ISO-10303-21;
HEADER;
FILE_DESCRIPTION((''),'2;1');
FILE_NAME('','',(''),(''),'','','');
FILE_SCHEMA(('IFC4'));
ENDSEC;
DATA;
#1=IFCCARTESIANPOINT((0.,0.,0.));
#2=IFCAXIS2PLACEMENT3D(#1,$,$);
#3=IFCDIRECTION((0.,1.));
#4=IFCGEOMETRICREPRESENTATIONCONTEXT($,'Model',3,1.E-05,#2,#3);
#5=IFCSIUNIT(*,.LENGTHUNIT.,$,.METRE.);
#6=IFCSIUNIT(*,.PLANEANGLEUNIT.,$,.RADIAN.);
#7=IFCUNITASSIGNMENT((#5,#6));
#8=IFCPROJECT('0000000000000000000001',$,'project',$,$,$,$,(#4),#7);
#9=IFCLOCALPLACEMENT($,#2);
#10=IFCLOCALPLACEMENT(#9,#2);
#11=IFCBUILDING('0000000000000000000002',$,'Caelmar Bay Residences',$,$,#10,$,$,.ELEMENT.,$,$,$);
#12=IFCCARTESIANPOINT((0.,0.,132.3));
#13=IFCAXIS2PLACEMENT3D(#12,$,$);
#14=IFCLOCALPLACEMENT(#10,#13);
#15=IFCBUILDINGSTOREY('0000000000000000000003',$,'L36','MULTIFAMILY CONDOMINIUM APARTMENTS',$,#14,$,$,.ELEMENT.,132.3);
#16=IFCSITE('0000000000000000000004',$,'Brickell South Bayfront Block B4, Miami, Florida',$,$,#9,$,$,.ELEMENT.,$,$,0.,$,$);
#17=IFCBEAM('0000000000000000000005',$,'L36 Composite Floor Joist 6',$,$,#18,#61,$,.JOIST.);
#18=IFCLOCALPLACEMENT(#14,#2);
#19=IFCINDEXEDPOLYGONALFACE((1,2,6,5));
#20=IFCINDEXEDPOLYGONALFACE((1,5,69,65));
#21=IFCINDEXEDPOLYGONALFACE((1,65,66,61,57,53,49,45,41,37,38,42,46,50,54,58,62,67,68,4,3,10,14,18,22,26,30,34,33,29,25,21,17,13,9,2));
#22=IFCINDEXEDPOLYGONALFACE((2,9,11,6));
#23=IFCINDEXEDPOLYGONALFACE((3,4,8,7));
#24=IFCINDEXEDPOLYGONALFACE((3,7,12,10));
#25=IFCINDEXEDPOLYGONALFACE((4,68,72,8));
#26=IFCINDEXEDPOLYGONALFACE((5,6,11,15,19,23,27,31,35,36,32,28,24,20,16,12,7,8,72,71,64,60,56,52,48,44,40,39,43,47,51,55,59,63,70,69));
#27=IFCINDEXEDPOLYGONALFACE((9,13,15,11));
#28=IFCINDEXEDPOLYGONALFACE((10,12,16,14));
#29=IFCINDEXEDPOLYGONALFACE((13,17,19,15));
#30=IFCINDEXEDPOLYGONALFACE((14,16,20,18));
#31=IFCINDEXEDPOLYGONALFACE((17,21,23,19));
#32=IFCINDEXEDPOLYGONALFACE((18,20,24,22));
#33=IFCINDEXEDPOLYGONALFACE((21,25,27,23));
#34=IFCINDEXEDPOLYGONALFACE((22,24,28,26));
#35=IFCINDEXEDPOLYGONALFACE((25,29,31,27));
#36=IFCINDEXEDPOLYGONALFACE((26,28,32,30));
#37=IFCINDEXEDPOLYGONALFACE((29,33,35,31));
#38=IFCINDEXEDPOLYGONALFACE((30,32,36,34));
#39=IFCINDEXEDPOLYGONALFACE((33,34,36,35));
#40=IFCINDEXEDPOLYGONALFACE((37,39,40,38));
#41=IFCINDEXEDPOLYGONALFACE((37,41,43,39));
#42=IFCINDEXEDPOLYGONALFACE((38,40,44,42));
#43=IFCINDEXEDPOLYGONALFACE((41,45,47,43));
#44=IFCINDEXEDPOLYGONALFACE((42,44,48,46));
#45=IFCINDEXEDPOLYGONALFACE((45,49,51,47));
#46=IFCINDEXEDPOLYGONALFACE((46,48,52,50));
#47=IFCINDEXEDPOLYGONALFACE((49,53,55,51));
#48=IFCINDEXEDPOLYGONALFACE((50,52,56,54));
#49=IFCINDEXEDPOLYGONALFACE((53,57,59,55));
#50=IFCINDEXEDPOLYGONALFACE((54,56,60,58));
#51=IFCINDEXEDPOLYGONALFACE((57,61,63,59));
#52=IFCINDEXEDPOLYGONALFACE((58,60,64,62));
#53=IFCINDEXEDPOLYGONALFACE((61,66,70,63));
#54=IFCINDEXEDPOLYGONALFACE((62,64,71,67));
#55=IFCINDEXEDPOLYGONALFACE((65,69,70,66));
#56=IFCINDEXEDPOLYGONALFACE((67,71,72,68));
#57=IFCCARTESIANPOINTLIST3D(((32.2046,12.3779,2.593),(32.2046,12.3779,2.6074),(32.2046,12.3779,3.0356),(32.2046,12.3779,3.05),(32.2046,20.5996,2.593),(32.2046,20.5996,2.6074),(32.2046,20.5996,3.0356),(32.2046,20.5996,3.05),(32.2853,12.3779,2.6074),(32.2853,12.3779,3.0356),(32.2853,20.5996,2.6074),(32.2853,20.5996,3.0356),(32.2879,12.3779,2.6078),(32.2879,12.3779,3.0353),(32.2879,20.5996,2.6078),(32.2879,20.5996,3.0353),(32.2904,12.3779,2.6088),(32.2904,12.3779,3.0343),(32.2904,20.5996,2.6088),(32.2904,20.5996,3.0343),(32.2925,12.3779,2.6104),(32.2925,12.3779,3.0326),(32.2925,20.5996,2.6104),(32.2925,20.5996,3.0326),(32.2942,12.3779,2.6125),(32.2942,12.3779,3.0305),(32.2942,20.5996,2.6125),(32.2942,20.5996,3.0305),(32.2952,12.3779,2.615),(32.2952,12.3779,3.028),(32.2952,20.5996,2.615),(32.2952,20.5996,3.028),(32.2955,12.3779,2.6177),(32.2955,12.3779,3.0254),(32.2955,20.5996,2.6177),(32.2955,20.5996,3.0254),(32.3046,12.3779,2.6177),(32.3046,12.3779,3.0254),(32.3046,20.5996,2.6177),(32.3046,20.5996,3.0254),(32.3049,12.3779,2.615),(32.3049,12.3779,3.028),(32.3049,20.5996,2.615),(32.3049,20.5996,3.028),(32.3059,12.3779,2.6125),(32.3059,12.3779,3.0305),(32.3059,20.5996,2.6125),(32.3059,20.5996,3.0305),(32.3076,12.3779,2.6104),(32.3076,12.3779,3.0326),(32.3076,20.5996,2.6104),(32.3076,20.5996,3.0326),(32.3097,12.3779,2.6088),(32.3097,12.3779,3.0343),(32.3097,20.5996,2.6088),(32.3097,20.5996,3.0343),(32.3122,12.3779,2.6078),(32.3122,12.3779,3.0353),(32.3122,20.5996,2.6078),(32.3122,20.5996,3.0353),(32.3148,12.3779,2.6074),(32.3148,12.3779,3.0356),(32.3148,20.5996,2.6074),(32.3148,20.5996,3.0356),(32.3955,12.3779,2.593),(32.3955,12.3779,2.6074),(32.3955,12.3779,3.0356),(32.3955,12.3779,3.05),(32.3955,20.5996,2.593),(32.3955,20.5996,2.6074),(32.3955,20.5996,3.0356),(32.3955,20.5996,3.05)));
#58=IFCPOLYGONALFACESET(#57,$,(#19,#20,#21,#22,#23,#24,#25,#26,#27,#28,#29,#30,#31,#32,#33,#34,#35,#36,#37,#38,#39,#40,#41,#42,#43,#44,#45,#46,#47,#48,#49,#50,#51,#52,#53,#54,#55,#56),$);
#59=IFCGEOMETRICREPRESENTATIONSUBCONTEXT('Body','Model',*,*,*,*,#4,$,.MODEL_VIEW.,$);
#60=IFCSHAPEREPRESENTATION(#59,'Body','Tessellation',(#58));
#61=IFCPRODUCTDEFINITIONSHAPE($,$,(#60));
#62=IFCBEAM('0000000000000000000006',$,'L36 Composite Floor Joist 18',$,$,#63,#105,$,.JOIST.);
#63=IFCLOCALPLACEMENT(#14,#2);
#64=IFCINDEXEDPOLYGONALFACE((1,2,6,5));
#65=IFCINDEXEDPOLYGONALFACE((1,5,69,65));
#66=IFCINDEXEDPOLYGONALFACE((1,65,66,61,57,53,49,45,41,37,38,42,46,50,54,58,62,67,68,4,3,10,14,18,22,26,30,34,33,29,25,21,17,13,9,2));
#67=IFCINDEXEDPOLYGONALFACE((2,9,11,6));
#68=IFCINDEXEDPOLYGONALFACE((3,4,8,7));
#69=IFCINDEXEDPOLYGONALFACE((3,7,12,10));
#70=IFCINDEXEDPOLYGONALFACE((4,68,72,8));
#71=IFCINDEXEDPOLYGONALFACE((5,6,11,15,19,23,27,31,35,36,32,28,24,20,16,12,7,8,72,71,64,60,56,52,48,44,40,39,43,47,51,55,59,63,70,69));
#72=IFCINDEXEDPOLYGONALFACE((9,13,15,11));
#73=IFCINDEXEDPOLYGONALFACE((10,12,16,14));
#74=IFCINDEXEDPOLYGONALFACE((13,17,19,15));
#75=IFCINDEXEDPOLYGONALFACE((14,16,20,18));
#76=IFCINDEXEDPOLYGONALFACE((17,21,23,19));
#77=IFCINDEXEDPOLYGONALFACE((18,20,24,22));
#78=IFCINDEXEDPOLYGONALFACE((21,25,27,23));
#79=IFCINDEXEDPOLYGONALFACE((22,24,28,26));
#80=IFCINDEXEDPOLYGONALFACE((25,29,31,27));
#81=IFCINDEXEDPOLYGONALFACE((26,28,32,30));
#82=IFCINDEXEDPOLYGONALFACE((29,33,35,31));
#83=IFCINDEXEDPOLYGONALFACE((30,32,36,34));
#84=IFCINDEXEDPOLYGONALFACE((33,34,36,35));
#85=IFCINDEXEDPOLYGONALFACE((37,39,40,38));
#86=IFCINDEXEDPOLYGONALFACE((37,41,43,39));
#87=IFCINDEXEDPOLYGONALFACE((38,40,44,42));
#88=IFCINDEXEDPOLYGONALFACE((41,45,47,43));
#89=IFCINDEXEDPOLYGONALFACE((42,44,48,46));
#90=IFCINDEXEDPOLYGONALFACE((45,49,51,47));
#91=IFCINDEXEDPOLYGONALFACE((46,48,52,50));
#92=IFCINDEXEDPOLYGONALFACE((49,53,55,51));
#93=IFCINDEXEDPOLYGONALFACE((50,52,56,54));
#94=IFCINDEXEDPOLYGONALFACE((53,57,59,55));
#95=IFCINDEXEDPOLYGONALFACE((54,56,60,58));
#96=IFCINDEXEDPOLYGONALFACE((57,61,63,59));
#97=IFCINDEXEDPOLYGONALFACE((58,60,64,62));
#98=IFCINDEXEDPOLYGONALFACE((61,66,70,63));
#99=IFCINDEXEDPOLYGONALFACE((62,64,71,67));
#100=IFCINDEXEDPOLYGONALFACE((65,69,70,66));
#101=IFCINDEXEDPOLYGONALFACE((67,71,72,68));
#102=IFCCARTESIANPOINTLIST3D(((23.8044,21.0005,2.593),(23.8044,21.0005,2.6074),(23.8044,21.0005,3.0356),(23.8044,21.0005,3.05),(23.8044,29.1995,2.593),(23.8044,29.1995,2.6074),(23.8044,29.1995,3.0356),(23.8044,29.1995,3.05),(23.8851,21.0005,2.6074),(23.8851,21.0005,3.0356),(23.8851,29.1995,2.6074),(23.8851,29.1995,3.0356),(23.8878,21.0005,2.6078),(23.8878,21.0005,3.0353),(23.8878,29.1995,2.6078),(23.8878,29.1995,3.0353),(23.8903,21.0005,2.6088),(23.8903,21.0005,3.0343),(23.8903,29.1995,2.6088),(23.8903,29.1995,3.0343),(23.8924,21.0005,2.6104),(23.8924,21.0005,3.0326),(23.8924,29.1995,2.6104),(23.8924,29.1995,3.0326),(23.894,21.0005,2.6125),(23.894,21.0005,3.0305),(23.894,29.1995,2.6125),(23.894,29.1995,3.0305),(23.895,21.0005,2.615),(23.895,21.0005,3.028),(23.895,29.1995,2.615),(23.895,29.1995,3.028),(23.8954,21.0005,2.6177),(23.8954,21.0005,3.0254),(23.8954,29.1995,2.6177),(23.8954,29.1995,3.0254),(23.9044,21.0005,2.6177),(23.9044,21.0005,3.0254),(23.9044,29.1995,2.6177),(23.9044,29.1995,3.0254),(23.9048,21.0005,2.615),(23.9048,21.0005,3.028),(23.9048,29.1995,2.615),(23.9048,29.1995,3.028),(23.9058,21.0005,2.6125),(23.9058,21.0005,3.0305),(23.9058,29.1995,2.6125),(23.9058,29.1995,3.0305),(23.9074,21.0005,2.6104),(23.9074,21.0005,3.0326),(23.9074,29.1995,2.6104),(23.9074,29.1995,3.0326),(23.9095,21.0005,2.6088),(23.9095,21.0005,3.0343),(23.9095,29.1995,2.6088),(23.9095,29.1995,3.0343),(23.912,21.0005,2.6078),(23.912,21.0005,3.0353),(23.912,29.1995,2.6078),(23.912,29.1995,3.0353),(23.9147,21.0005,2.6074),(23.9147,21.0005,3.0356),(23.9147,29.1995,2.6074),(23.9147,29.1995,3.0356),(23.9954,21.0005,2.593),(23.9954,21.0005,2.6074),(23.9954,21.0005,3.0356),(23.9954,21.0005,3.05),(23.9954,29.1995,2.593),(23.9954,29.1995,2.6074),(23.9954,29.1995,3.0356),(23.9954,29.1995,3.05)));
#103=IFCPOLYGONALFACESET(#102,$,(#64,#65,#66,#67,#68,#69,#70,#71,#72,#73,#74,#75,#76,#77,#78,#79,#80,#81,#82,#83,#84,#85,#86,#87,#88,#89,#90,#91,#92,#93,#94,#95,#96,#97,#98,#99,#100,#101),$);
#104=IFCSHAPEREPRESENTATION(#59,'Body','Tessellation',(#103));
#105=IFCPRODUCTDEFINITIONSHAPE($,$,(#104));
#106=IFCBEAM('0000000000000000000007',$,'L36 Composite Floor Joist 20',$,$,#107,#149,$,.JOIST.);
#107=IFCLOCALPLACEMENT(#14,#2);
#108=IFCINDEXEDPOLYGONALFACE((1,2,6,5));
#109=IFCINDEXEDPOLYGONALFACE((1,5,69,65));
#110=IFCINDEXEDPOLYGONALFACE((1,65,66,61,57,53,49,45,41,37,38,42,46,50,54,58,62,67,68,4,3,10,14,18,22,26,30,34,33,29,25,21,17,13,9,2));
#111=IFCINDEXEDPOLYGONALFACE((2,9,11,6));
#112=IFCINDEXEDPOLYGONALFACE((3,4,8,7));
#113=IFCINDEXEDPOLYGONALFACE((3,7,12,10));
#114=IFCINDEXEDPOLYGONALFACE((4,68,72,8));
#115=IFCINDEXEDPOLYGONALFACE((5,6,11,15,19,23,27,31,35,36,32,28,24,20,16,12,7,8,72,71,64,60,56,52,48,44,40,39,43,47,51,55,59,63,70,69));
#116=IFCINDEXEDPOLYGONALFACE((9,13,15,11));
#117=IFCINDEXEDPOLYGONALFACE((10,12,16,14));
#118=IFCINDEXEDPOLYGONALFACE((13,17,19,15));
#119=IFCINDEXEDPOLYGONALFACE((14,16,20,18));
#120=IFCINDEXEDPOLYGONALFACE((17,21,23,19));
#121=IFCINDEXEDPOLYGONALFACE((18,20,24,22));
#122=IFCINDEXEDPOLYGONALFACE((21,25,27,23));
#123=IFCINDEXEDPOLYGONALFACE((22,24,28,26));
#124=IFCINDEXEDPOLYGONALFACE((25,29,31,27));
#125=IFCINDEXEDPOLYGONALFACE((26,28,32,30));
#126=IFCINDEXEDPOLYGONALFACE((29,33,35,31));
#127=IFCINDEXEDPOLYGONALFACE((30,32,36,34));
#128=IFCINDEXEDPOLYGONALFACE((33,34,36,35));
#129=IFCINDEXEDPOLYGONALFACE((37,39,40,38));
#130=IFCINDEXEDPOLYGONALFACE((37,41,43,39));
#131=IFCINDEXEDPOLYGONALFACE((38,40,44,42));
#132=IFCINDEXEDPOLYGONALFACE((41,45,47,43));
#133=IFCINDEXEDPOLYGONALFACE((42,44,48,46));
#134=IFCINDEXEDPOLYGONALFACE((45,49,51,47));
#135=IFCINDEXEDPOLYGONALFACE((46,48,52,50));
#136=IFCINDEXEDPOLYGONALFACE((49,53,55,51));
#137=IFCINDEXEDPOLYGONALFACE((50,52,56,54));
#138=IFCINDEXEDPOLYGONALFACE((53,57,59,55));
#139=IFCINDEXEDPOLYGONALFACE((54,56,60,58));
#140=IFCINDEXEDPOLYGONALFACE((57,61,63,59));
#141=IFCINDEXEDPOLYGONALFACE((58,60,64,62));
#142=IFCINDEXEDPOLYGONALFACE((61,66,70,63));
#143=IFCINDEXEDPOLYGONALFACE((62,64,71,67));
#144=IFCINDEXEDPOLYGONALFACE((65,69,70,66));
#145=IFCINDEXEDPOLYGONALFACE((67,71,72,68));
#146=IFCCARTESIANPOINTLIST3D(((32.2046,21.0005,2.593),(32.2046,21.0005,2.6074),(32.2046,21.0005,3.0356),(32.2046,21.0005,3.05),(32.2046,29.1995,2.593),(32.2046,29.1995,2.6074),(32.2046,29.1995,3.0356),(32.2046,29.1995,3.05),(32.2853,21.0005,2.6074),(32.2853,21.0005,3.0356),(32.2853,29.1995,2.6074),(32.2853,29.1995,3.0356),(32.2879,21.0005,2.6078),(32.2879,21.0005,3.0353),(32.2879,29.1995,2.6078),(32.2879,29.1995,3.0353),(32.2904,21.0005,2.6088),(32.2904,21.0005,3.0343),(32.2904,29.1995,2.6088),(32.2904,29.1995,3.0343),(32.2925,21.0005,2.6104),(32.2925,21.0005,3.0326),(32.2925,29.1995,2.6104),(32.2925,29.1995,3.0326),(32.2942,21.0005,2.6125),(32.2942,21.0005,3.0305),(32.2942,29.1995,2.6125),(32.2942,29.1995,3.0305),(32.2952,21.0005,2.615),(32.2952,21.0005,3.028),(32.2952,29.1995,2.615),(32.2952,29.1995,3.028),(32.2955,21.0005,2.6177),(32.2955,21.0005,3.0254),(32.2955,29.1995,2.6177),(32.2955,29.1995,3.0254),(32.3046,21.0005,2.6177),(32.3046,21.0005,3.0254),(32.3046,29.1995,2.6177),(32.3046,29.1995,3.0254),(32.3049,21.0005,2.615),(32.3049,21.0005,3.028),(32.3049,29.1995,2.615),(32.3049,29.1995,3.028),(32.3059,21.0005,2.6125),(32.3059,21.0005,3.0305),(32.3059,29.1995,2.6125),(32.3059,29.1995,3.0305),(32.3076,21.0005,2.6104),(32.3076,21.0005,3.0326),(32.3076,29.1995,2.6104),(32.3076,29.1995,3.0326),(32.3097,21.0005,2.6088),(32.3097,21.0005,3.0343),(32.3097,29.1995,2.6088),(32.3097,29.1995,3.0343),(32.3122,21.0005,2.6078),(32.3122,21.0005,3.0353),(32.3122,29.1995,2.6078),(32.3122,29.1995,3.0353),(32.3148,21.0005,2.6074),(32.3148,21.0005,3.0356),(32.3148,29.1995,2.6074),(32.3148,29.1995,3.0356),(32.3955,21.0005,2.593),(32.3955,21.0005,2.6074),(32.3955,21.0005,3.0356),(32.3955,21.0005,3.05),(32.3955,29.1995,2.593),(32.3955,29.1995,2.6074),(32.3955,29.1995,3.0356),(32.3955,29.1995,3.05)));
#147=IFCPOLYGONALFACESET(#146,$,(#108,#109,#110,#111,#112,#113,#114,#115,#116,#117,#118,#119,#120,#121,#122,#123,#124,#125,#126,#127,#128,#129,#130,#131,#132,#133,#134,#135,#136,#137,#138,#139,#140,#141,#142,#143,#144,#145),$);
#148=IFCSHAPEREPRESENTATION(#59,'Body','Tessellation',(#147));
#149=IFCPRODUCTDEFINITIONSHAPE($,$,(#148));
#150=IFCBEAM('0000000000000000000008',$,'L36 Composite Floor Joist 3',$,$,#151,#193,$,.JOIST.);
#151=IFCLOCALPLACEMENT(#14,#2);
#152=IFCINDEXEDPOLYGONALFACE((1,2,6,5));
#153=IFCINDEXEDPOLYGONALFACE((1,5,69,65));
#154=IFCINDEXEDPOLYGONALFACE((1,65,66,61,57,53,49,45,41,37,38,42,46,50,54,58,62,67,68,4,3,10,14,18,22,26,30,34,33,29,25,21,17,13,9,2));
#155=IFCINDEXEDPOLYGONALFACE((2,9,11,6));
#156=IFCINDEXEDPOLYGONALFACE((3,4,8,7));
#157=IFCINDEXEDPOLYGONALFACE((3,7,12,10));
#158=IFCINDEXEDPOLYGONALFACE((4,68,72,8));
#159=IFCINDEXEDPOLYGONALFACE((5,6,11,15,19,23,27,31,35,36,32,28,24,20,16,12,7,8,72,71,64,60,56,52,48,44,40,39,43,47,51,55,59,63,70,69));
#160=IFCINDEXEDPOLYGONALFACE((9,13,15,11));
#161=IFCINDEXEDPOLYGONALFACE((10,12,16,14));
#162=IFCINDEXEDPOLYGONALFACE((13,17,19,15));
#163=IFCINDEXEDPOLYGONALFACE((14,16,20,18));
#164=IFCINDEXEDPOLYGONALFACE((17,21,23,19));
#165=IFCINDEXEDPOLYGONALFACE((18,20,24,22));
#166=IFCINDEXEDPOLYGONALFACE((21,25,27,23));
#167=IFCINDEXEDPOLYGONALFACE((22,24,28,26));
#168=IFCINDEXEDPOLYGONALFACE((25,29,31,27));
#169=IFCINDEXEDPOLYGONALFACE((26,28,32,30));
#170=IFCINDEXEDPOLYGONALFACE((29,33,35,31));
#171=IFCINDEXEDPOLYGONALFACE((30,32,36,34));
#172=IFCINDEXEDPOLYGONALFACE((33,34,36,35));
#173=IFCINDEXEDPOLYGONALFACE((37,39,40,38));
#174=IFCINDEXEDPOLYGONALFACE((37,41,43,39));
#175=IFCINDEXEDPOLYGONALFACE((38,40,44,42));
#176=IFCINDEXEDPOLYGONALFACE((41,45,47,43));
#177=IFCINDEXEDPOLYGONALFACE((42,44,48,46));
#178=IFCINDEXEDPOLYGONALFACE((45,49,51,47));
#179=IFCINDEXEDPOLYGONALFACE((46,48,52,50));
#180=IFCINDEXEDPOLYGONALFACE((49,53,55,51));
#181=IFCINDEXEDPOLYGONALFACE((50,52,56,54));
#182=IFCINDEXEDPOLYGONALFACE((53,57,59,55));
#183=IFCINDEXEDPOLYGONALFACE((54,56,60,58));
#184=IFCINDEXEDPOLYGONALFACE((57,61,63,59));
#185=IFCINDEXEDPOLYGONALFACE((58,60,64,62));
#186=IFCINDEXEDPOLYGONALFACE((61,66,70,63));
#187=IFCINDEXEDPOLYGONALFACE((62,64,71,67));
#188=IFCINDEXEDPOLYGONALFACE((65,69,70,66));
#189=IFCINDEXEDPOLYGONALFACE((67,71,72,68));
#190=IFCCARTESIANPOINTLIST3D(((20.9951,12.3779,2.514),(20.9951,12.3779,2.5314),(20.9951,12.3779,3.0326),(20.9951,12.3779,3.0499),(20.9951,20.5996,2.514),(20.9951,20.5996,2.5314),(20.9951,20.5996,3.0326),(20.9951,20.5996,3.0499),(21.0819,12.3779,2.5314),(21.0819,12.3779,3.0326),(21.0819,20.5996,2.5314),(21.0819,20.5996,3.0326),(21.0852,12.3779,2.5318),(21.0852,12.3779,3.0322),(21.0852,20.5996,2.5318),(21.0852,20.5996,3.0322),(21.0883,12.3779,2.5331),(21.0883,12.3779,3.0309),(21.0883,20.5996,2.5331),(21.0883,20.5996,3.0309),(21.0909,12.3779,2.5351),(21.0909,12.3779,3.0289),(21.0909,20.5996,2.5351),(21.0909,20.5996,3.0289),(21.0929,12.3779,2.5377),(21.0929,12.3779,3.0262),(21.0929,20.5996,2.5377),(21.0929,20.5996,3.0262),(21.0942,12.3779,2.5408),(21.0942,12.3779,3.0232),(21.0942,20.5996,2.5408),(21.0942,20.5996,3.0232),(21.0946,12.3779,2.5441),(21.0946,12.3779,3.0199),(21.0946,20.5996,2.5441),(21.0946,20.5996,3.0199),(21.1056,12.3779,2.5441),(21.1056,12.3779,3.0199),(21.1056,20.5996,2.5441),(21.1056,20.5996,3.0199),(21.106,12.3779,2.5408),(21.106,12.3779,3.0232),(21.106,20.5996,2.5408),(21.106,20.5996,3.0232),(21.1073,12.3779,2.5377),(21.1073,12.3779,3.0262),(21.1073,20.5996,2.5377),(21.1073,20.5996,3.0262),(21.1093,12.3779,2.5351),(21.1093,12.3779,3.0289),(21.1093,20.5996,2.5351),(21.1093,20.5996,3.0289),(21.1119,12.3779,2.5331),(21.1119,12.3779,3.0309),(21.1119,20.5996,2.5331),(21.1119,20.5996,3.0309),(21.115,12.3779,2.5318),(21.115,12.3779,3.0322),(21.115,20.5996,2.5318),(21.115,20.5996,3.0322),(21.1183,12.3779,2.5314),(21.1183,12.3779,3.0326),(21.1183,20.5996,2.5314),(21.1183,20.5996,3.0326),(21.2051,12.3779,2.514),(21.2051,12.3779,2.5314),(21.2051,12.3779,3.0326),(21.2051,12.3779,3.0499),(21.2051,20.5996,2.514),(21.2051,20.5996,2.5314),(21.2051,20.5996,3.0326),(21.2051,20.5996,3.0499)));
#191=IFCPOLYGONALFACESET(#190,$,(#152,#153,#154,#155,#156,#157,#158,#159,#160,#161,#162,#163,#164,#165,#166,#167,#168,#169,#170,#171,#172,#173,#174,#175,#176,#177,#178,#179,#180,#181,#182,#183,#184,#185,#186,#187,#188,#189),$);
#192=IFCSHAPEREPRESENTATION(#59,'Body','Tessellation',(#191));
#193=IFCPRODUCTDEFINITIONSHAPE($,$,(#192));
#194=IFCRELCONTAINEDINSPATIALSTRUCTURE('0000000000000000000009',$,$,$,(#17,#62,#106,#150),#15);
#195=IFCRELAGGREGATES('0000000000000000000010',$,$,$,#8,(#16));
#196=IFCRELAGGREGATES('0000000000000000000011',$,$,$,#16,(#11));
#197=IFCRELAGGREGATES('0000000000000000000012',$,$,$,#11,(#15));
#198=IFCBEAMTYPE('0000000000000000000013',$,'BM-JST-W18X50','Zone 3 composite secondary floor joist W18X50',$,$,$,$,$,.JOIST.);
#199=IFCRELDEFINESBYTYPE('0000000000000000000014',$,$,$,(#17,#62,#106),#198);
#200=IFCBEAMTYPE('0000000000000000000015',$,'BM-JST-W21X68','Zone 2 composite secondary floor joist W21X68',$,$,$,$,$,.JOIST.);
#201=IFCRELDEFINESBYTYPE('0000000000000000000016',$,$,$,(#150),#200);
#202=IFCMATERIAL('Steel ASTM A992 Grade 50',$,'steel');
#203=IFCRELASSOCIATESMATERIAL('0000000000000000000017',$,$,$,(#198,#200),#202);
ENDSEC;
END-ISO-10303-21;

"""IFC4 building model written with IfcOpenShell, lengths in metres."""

from ifc_helpers import new_model, si_unit, direction, frame, origin, origin_2d, place, context, subcontext, project, spatial, i_section, extrude, material, material_profile, profile_set, type_object, element, save


model = new_model("IFC4")

# Units and contexts
model_context = context("Model", 3, precision=1e-05, world=origin(), true_north=direction((0.0, 1.0)))
body_context = subcontext(model_context, "Body", "Model", "MODEL_VIEW")
ifc_project = project(units=[si_unit("LENGTHUNIT", "METRE"), si_unit("PLANEANGLEUNIT", "RADIAN")], contexts=[model_context])

# Site, building, storey
site_placement = place(None, origin())
site = spatial("IfcSite", under=ifc_project, at=site_placement, Name="Brickell South Bayfront Block B4, Miami, Florida", CompositionType="ELEMENT", RefElevation=0.0)
building_placement = place(site_placement, origin())
building = spatial("IfcBuilding", under=site, at=building_placement, Name="Caelmar Bay Residences", CompositionType="ELEMENT")
storey_placement = place(building_placement, frame((0.0, 0.0, 132.3)))
storey = spatial("IfcBuildingStorey", under=building, at=storey_placement, Name="L36", Description="MULTIFAMILY CONDOMINIUM APARTMENTS", CompositionType="ELEMENT", Elevation=132.3)

# Beams
ifc_material_1 = material(Name="Steel ASTM A992 Grade 50", Category="steel")
ifc_material_profile_1 = material_profile(ifc_material_1, i_section(OverallWidth=0.1909, OverallDepth=0.457, WebThickness=0.009, FlangeThickness=0.0144, FilletRadius=0.0103, at=origin_2d()), Name="W18X50")
ifc_profile_set_1 = profile_set([ifc_material_profile_1], Name="Steel ASTM A992 Grade 50")
beam_type_1 = type_object("IfcBeamType", Name="BM-JST-W18X50", Description="Zone 3 composite secondary floor joist W18X50", PredefinedType="JOIST", material=ifc_profile_set_1)
for number, where, z_axis, x_axis, name in (
    (1, (32.3, 12.3779, 2.8215), (0.0, 1.0, 0.0), (-1.0, 0.0, 0.0), "L36 Composite Floor Joist 6"),
):
    element("IfcBeam", number, at=place(storey_placement, frame(where, z_axis=z_axis, x_axis=x_axis)), inside=storey, type_object=beam_type_1, Name=name, PredefinedType="JOIST", context=body_context, shape_type="SweptSolid", body=[
        extrude(i_section(OverallWidth=0.1909, OverallDepth=0.457, WebThickness=0.009, FlangeThickness=0.0144, FilletRadius=0.0103, at=origin_2d()), origin(), (0.0, 0.0, 1.0), 8.2217),
    ])
for number, where, z_axis, x_axis, name in (
    (2, (23.8999, 21.0005, 2.8215), (0.0, 1.0, 0.0), (-1.0, 0.0, 0.0), "L36 Composite Floor Joist 18"),
    (3, (32.3, 21.0005, 2.8215), (0.0, 1.0, 0.0), (-1.0, 0.0, 0.0), "L36 Composite Floor Joist 20"),
):
    element("IfcBeam", number, at=place(storey_placement, frame(where, z_axis=z_axis, x_axis=x_axis)), inside=storey, type_object=beam_type_1, Name=name, PredefinedType="JOIST", context=body_context, shape_type="SweptSolid", body=[
        extrude(i_section(OverallWidth=0.1909, OverallDepth=0.457, WebThickness=0.009, FlangeThickness=0.0144, FilletRadius=0.0103, at=origin_2d()), origin(), (0.0, 0.0, 1.0), 8.199),
    ])
ifc_material_profile_2 = material_profile(ifc_material_1, i_section(OverallWidth=0.21, OverallDepth=0.5359, WebThickness=0.011, FlangeThickness=0.0173, FilletRadius=0.0127, at=origin_2d()), Name="W21X68")
ifc_profile_set_2 = profile_set([ifc_material_profile_2], Name="Steel ASTM A992 Grade 50")
beam_type_2 = type_object("IfcBeamType", Name="BM-JST-W21X68", Description="Zone 2 composite secondary floor joist W21X68", PredefinedType="JOIST", material=ifc_profile_set_2)
for number, where, z_axis, x_axis, name in (
    (4, (21.1001, 12.3779, 2.782), (0.0, 1.0, 0.0), (-1.0, 0.0, 0.0), "L36 Composite Floor Joist 3"),
):
    element("IfcBeam", number, at=place(storey_placement, frame(where, z_axis=z_axis, x_axis=x_axis)), inside=storey, type_object=beam_type_2, Name=name, PredefinedType="JOIST", context=body_context, shape_type="SweptSolid", body=[
        extrude(i_section(OverallWidth=0.21, OverallDepth=0.5359, WebThickness=0.011, FlangeThickness=0.0173, FilletRadius=0.0127, at=origin_2d()), origin(), (0.0, 0.0, 1.0), 8.2217),
    ])

save(model, "model.ifc")
